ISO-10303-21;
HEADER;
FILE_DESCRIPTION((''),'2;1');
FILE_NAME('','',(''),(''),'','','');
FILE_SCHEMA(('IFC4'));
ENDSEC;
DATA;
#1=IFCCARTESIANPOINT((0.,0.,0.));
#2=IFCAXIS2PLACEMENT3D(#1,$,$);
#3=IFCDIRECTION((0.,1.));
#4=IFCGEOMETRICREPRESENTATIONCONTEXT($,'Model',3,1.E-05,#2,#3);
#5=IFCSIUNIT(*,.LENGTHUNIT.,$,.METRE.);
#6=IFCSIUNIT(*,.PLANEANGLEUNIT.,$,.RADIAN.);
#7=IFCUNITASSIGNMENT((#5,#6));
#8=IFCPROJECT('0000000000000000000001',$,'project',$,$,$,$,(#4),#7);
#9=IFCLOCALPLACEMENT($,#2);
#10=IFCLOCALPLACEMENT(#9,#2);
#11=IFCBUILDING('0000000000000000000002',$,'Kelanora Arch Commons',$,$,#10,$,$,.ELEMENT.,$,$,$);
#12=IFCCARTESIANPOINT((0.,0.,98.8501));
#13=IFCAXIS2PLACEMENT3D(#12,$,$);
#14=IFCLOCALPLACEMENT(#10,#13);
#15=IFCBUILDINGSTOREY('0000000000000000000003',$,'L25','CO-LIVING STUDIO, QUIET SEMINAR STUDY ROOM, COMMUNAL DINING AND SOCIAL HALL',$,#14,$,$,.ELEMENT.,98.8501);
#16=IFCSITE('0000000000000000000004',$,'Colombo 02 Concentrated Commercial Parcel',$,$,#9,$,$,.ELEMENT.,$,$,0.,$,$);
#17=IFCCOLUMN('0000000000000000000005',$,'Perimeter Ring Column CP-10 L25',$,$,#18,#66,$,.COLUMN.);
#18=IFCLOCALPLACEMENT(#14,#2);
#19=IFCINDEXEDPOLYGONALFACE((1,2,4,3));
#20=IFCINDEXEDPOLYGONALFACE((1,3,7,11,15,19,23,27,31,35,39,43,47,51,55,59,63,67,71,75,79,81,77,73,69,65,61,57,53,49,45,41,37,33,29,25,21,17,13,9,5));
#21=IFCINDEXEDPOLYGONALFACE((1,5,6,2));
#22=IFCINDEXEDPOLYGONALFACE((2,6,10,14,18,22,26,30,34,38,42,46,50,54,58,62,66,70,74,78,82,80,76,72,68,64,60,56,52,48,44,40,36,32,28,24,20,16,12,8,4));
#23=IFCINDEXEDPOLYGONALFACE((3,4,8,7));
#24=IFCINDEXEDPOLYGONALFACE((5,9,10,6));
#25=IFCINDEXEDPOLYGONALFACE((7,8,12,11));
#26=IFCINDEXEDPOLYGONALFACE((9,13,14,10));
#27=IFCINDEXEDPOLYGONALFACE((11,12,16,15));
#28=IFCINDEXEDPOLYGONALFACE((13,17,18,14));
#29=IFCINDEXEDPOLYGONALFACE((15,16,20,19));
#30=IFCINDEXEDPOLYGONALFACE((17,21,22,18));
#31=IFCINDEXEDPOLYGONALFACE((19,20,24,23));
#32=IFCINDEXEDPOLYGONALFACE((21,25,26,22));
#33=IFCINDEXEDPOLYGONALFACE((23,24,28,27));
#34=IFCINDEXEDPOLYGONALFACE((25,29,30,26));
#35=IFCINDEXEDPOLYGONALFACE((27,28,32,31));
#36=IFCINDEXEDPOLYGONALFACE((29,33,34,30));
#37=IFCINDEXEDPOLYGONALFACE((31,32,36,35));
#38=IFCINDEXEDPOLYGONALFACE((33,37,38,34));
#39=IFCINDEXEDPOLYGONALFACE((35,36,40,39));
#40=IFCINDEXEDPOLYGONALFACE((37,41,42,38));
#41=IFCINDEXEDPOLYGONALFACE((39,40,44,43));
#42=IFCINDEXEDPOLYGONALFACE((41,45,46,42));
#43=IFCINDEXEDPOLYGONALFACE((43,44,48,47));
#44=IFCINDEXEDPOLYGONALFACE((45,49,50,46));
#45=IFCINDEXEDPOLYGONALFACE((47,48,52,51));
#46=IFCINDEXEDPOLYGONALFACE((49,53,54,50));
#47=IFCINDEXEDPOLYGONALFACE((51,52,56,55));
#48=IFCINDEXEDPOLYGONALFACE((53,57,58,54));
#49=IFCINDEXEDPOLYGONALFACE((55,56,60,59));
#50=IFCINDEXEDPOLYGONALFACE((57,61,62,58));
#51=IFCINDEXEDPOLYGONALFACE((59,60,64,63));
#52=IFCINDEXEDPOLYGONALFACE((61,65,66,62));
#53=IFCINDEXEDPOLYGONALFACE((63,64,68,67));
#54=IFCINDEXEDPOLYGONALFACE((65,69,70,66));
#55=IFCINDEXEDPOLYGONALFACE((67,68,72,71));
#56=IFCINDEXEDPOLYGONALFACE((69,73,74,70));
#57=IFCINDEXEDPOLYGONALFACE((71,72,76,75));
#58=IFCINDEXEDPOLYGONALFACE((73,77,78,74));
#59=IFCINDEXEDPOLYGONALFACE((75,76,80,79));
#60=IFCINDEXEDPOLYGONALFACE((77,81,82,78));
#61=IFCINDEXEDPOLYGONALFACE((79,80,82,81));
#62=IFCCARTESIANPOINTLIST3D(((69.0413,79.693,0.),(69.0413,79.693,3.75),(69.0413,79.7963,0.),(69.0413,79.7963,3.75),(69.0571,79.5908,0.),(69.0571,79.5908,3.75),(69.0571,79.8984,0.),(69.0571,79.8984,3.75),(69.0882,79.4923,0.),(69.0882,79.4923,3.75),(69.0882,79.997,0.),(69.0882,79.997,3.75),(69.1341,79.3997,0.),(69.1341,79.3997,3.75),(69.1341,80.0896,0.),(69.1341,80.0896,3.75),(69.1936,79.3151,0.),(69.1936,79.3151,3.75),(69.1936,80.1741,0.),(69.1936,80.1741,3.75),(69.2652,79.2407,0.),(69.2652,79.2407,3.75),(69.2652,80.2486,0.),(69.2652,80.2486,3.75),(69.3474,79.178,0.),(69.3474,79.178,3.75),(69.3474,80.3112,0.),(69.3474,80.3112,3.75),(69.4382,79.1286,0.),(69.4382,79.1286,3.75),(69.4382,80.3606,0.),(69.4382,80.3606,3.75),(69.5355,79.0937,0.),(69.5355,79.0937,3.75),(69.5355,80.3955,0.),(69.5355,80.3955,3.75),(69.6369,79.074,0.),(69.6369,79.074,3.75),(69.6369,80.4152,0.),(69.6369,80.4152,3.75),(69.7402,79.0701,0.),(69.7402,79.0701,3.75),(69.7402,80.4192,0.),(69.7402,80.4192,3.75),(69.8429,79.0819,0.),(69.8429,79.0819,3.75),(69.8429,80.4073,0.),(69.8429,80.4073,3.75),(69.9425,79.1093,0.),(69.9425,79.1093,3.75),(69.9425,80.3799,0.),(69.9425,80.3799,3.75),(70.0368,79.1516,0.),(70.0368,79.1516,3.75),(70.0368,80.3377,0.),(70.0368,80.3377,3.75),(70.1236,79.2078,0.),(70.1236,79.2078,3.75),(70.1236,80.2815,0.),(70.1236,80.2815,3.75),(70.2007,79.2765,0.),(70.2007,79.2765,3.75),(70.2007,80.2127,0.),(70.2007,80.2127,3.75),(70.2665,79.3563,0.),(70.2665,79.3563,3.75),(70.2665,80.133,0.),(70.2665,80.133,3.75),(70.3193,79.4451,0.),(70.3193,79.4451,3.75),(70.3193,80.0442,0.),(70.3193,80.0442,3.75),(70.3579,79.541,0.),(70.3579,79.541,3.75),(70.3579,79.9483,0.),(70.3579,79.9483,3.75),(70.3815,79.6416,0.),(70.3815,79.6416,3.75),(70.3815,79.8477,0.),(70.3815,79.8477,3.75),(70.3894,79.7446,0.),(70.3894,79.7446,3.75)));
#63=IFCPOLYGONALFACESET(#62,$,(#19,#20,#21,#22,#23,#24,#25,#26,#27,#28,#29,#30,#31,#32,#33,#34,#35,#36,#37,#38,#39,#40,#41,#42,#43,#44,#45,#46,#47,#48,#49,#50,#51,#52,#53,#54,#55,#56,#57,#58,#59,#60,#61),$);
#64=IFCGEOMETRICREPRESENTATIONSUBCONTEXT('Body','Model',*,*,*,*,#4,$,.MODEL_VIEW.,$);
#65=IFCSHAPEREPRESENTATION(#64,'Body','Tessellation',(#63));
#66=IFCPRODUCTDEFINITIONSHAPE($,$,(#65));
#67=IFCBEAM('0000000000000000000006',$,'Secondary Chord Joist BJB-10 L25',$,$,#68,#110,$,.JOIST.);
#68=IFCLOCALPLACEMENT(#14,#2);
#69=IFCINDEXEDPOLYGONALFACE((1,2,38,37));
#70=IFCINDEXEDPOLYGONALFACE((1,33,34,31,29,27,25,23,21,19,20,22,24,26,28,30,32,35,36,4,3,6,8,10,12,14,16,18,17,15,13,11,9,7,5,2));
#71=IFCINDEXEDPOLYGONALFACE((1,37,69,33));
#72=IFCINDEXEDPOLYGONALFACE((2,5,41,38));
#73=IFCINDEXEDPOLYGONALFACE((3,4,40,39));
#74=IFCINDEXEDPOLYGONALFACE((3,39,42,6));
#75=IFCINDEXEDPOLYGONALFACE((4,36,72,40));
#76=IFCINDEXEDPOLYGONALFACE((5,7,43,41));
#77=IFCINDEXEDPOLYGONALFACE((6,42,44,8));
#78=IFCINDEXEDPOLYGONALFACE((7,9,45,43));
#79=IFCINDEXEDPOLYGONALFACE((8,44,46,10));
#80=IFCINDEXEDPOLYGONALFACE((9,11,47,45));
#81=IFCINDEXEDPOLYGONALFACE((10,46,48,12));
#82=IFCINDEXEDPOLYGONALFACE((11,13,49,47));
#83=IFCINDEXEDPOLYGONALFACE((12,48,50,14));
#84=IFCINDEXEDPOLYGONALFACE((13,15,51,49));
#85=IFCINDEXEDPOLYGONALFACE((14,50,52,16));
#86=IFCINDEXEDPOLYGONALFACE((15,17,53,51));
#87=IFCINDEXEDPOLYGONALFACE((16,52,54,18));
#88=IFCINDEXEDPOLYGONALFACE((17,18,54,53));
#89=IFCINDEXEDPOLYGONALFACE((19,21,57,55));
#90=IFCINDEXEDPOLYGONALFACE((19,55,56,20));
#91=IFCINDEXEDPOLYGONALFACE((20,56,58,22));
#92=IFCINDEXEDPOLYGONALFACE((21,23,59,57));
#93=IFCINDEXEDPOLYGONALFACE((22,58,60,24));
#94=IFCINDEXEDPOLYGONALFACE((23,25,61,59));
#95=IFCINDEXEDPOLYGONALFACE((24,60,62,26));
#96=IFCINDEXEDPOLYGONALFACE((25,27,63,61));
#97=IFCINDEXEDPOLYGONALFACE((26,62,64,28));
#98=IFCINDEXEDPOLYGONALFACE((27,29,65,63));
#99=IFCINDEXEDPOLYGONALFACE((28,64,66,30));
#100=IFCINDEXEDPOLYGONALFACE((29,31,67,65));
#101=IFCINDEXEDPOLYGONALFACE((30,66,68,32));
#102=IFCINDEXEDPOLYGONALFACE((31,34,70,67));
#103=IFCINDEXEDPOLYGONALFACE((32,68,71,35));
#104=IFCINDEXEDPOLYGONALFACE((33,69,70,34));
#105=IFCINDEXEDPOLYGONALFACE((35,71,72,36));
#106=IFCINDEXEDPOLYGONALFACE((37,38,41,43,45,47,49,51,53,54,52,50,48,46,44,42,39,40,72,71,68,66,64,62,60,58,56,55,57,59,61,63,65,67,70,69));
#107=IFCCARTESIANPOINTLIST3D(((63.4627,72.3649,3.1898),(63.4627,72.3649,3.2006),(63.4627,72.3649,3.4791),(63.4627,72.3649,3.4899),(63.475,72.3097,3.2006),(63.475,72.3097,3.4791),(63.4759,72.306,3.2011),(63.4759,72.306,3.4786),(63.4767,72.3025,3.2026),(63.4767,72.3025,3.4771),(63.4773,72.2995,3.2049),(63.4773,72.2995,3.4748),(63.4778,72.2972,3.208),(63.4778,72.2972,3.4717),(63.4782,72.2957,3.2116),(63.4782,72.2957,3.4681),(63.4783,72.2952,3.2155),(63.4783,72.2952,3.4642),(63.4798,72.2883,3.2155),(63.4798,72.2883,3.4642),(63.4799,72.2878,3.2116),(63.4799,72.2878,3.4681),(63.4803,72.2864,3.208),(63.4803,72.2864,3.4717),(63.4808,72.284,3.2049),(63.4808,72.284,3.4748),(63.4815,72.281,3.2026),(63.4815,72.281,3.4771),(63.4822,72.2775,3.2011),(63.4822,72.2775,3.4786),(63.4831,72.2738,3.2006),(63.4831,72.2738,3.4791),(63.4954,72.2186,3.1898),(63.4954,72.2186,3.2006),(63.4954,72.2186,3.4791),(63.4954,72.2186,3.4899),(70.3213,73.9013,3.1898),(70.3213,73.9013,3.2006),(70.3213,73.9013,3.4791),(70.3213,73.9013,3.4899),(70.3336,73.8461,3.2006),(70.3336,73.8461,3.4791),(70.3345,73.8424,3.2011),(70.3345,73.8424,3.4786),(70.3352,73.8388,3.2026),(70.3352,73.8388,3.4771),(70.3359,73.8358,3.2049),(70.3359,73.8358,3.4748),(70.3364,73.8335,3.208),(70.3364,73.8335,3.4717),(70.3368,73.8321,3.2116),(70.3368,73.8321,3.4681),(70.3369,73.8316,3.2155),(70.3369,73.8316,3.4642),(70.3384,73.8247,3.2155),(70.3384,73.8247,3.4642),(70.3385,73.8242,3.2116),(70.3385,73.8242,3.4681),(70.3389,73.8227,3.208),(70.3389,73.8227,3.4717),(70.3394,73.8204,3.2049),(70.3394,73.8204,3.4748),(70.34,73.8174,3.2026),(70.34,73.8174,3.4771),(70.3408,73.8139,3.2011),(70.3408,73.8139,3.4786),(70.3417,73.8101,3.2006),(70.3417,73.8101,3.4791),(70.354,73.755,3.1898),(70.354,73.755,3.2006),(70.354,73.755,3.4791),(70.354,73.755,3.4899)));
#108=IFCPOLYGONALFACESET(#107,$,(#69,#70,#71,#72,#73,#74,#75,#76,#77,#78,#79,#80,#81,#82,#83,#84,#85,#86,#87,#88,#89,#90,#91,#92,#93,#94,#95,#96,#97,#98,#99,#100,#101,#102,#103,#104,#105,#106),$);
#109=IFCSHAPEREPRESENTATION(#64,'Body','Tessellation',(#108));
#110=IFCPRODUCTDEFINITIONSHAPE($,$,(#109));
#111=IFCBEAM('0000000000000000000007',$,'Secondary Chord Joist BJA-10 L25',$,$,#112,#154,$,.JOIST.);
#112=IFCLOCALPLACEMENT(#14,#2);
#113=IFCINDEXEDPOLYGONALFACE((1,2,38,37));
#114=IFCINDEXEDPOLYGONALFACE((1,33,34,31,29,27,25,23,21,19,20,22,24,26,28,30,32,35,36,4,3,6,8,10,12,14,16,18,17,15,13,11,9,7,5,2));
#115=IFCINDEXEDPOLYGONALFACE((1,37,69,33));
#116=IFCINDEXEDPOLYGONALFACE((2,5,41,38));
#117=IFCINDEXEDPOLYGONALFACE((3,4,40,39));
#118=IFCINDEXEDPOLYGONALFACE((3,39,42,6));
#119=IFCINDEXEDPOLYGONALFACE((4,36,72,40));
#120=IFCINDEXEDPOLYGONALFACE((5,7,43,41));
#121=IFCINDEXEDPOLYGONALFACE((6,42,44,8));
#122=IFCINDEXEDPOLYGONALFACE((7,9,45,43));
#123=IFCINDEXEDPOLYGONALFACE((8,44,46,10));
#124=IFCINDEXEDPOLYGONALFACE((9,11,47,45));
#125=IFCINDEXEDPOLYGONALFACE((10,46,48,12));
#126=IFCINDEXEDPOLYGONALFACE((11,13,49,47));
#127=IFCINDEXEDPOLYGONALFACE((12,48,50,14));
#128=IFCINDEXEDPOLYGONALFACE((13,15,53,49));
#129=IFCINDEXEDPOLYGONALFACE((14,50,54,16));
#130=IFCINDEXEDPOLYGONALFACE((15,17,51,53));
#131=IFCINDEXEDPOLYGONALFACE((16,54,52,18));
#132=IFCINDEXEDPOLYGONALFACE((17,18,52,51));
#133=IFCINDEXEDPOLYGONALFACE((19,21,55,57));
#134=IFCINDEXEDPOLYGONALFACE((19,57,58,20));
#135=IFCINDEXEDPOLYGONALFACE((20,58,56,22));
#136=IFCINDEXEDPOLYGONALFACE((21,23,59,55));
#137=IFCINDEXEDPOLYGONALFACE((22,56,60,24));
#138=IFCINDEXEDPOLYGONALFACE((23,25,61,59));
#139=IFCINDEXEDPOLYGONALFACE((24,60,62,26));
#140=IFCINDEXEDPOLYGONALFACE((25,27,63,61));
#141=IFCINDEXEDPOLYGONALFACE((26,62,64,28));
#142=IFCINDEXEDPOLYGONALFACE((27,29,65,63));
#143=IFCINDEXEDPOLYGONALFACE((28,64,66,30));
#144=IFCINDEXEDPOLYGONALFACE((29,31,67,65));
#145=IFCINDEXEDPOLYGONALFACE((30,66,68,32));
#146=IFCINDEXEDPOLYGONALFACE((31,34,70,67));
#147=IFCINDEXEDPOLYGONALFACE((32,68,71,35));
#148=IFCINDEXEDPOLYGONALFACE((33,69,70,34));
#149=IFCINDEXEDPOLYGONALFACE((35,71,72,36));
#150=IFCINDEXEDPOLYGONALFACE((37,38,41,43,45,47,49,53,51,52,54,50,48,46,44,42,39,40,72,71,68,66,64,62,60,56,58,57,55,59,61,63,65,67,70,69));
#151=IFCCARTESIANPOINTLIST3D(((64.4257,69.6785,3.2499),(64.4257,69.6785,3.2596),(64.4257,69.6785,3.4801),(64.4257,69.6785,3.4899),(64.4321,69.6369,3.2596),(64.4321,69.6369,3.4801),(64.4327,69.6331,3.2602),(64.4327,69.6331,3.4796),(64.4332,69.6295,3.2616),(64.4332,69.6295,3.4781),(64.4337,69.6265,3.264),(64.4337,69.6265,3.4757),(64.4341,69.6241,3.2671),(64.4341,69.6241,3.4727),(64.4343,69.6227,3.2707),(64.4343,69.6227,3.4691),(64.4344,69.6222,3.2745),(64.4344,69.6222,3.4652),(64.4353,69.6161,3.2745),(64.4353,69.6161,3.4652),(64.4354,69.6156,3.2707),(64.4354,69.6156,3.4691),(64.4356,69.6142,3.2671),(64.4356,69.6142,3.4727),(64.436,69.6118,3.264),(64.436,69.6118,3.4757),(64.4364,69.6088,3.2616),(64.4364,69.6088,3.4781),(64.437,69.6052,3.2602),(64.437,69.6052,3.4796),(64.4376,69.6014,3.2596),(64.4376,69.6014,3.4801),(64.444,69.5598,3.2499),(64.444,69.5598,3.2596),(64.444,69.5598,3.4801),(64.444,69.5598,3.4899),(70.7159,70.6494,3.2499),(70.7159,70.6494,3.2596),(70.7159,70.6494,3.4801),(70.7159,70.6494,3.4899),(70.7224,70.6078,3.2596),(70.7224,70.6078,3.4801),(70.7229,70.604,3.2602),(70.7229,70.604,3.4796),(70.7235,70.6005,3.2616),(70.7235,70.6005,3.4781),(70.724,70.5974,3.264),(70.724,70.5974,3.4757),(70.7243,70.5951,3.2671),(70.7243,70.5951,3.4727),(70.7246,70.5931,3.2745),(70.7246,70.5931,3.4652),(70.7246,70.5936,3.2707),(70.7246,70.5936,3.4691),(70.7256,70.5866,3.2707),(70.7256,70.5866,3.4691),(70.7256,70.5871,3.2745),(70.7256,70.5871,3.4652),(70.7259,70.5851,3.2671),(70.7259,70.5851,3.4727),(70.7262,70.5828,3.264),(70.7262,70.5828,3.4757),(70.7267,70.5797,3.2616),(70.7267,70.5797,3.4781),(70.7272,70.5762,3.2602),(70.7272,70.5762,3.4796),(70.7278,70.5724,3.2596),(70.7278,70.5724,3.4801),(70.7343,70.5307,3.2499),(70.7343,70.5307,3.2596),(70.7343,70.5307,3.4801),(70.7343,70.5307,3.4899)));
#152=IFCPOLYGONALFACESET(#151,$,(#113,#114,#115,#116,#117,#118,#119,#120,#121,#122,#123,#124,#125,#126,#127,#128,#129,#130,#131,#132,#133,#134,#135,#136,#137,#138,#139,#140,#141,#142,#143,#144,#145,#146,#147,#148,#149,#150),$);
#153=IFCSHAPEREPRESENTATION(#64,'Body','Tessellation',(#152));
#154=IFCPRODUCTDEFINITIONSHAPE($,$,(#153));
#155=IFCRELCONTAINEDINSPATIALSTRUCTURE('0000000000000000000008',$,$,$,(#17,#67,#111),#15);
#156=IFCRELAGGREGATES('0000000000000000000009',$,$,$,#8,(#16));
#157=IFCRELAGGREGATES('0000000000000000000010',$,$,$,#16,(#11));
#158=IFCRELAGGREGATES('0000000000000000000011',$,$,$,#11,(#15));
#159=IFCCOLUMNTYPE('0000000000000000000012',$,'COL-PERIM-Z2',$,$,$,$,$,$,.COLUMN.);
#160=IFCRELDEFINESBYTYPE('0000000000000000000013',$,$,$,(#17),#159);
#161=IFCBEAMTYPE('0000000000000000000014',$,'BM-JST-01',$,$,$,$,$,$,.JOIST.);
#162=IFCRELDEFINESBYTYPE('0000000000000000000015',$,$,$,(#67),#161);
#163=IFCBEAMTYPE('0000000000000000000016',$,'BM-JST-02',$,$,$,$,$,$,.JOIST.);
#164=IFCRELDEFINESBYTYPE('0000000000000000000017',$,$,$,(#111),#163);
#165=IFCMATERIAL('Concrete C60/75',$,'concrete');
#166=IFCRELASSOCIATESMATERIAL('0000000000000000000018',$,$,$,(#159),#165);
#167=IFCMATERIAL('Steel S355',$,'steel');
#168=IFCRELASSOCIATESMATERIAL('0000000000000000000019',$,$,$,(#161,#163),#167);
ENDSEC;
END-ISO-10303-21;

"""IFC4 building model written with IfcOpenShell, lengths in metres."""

from ifc_helpers import new_model, si_unit, direction, frame, origin, origin_2d, place, context, subcontext, project, spatial, circle, i_section, extrude, material, material_profile, profile_set, type_object, element, save


model = new_model("IFC4")

# Units and contexts
model_context = context("Model", 3, precision=1e-05, world=origin(), true_north=direction((0.0, 1.0)))
body_context = subcontext(model_context, "Body", "Model", "MODEL_VIEW")
ifc_project = project(units=[si_unit("LENGTHUNIT", "METRE"), si_unit("PLANEANGLEUNIT", "RADIAN")], contexts=[model_context])

# Site, building, storey
site_placement = place(None, origin())
site = spatial("IfcSite", under=ifc_project, at=site_placement, Name="Colombo 02 Concentrated Commercial Parcel", CompositionType="ELEMENT", RefElevation=0.0)
building_placement = place(site_placement, origin())
building = spatial("IfcBuilding", under=site, at=building_placement, Name="Kelanora Arch Commons", CompositionType="ELEMENT")
storey_placement = place(building_placement, frame((0.0, 0.0, 98.8501)))
storey = spatial("IfcBuildingStorey", under=building, at=storey_placement, Name="L25", Description="CO-LIVING STUDIO, QUIET SEMINAR STUDY ROOM, COMMUNAL DINING AND SOCIAL HALL", CompositionType="ELEMENT", Elevation=98.8501)

# Column
ifc_material_1 = material(Name="Concrete C60/75", Category="concrete")
ifc_material_profile_1 = material_profile(ifc_material_1, circle(Radius=0.675, at=origin_2d()), Name="RCC1350")
ifc_profile_set_1 = profile_set([ifc_material_profile_1], Name="Concrete C60/75")
column_type = type_object("IfcColumnType", Name="COL-PERIM-Z2", PredefinedType="COLUMN", material=ifc_profile_set_1)
column_placement = place(storey_placement, frame((69.7144, 79.7446, 0.0), z_axis=(0.0, 0.0, 1.0), x_axis=(1.0, 0.0, 0.0)))
element("IfcColumn", 1, at=column_placement, inside=storey, type_object=column_type, Name="Perimeter Ring Column CP-10 L25", PredefinedType="COLUMN", context=body_context, shape_type="SweptSolid", body=[
    extrude(circle(Radius=0.675, at=origin_2d()), origin(), (0.0, 0.0, 1.0), 3.75),
])

# Beams
ifc_material_2 = material(Name="Steel S355", Category="steel")
ifc_material_profile_2 = material_profile(ifc_material_2, i_section(OverallWidth=0.1499, OverallDepth=0.3, WebThickness=0.0071, FlangeThickness=0.0107, FilletRadius=0.0149, at=origin_2d()), Name="IPE300")
ifc_profile_set_2 = profile_set([ifc_material_profile_2], Name="Steel S355")
beam_type_1 = type_object("IfcBeamType", Name="BM-JST-01", PredefinedType="JOIST", material=ifc_profile_set_2)
beam_1_placement = place(storey_placement, frame((70.3376, 73.8281, 3.3398), z_axis=(-0.975817, -0.218589, 0.0), x_axis=(0.218589, -0.975817, 0.0)))
element("IfcBeam", 2, at=beam_1_placement, inside=storey, type_object=beam_type_1, Name="Secondary Chord Joist BJB-10 L25", PredefinedType="JOIST", context=body_context, shape_type="SweptSolid", body=[
    extrude(i_section(OverallWidth=0.1499, OverallDepth=0.3, WebThickness=0.0071, FlangeThickness=0.0107, FilletRadius=0.0149, at=origin_2d()), origin(), (0.0, 0.0, 1.0), 7.0286),
])
ifc_material_profile_3 = material_profile(ifc_material_2, i_section(OverallWidth=0.1201, OverallDepth=0.24, WebThickness=0.0061, FlangeThickness=0.0098, FilletRadius=0.0149, at=origin_2d()), Name="IPE240")
ifc_profile_set_3 = profile_set([ifc_material_profile_3], Name="Steel S355")
beam_type_2 = type_object("IfcBeamType", Name="BM-JST-02", PredefinedType="JOIST", material=ifc_profile_set_3)
beam_2_placement = place(storey_placement, frame((70.7251, 70.5901, 3.3699), z_axis=(-0.988296, -0.15255, 0.0), x_axis=(0.15255, -0.988296, 0.0)))
element("IfcBeam", 3, at=beam_2_placement, inside=storey, type_object=beam_type_2, Name="Secondary Chord Joist BJA-10 L25", PredefinedType="JOIST", context=body_context, shape_type="SweptSolid", body=[
    extrude(i_section(OverallWidth=0.1201, OverallDepth=0.24, WebThickness=0.0061, FlangeThickness=0.0098, FilletRadius=0.0149, at=origin_2d()), origin(), (0.0, 0.0, 1.0), 6.3647),
])

save(model, "model.ifc")
